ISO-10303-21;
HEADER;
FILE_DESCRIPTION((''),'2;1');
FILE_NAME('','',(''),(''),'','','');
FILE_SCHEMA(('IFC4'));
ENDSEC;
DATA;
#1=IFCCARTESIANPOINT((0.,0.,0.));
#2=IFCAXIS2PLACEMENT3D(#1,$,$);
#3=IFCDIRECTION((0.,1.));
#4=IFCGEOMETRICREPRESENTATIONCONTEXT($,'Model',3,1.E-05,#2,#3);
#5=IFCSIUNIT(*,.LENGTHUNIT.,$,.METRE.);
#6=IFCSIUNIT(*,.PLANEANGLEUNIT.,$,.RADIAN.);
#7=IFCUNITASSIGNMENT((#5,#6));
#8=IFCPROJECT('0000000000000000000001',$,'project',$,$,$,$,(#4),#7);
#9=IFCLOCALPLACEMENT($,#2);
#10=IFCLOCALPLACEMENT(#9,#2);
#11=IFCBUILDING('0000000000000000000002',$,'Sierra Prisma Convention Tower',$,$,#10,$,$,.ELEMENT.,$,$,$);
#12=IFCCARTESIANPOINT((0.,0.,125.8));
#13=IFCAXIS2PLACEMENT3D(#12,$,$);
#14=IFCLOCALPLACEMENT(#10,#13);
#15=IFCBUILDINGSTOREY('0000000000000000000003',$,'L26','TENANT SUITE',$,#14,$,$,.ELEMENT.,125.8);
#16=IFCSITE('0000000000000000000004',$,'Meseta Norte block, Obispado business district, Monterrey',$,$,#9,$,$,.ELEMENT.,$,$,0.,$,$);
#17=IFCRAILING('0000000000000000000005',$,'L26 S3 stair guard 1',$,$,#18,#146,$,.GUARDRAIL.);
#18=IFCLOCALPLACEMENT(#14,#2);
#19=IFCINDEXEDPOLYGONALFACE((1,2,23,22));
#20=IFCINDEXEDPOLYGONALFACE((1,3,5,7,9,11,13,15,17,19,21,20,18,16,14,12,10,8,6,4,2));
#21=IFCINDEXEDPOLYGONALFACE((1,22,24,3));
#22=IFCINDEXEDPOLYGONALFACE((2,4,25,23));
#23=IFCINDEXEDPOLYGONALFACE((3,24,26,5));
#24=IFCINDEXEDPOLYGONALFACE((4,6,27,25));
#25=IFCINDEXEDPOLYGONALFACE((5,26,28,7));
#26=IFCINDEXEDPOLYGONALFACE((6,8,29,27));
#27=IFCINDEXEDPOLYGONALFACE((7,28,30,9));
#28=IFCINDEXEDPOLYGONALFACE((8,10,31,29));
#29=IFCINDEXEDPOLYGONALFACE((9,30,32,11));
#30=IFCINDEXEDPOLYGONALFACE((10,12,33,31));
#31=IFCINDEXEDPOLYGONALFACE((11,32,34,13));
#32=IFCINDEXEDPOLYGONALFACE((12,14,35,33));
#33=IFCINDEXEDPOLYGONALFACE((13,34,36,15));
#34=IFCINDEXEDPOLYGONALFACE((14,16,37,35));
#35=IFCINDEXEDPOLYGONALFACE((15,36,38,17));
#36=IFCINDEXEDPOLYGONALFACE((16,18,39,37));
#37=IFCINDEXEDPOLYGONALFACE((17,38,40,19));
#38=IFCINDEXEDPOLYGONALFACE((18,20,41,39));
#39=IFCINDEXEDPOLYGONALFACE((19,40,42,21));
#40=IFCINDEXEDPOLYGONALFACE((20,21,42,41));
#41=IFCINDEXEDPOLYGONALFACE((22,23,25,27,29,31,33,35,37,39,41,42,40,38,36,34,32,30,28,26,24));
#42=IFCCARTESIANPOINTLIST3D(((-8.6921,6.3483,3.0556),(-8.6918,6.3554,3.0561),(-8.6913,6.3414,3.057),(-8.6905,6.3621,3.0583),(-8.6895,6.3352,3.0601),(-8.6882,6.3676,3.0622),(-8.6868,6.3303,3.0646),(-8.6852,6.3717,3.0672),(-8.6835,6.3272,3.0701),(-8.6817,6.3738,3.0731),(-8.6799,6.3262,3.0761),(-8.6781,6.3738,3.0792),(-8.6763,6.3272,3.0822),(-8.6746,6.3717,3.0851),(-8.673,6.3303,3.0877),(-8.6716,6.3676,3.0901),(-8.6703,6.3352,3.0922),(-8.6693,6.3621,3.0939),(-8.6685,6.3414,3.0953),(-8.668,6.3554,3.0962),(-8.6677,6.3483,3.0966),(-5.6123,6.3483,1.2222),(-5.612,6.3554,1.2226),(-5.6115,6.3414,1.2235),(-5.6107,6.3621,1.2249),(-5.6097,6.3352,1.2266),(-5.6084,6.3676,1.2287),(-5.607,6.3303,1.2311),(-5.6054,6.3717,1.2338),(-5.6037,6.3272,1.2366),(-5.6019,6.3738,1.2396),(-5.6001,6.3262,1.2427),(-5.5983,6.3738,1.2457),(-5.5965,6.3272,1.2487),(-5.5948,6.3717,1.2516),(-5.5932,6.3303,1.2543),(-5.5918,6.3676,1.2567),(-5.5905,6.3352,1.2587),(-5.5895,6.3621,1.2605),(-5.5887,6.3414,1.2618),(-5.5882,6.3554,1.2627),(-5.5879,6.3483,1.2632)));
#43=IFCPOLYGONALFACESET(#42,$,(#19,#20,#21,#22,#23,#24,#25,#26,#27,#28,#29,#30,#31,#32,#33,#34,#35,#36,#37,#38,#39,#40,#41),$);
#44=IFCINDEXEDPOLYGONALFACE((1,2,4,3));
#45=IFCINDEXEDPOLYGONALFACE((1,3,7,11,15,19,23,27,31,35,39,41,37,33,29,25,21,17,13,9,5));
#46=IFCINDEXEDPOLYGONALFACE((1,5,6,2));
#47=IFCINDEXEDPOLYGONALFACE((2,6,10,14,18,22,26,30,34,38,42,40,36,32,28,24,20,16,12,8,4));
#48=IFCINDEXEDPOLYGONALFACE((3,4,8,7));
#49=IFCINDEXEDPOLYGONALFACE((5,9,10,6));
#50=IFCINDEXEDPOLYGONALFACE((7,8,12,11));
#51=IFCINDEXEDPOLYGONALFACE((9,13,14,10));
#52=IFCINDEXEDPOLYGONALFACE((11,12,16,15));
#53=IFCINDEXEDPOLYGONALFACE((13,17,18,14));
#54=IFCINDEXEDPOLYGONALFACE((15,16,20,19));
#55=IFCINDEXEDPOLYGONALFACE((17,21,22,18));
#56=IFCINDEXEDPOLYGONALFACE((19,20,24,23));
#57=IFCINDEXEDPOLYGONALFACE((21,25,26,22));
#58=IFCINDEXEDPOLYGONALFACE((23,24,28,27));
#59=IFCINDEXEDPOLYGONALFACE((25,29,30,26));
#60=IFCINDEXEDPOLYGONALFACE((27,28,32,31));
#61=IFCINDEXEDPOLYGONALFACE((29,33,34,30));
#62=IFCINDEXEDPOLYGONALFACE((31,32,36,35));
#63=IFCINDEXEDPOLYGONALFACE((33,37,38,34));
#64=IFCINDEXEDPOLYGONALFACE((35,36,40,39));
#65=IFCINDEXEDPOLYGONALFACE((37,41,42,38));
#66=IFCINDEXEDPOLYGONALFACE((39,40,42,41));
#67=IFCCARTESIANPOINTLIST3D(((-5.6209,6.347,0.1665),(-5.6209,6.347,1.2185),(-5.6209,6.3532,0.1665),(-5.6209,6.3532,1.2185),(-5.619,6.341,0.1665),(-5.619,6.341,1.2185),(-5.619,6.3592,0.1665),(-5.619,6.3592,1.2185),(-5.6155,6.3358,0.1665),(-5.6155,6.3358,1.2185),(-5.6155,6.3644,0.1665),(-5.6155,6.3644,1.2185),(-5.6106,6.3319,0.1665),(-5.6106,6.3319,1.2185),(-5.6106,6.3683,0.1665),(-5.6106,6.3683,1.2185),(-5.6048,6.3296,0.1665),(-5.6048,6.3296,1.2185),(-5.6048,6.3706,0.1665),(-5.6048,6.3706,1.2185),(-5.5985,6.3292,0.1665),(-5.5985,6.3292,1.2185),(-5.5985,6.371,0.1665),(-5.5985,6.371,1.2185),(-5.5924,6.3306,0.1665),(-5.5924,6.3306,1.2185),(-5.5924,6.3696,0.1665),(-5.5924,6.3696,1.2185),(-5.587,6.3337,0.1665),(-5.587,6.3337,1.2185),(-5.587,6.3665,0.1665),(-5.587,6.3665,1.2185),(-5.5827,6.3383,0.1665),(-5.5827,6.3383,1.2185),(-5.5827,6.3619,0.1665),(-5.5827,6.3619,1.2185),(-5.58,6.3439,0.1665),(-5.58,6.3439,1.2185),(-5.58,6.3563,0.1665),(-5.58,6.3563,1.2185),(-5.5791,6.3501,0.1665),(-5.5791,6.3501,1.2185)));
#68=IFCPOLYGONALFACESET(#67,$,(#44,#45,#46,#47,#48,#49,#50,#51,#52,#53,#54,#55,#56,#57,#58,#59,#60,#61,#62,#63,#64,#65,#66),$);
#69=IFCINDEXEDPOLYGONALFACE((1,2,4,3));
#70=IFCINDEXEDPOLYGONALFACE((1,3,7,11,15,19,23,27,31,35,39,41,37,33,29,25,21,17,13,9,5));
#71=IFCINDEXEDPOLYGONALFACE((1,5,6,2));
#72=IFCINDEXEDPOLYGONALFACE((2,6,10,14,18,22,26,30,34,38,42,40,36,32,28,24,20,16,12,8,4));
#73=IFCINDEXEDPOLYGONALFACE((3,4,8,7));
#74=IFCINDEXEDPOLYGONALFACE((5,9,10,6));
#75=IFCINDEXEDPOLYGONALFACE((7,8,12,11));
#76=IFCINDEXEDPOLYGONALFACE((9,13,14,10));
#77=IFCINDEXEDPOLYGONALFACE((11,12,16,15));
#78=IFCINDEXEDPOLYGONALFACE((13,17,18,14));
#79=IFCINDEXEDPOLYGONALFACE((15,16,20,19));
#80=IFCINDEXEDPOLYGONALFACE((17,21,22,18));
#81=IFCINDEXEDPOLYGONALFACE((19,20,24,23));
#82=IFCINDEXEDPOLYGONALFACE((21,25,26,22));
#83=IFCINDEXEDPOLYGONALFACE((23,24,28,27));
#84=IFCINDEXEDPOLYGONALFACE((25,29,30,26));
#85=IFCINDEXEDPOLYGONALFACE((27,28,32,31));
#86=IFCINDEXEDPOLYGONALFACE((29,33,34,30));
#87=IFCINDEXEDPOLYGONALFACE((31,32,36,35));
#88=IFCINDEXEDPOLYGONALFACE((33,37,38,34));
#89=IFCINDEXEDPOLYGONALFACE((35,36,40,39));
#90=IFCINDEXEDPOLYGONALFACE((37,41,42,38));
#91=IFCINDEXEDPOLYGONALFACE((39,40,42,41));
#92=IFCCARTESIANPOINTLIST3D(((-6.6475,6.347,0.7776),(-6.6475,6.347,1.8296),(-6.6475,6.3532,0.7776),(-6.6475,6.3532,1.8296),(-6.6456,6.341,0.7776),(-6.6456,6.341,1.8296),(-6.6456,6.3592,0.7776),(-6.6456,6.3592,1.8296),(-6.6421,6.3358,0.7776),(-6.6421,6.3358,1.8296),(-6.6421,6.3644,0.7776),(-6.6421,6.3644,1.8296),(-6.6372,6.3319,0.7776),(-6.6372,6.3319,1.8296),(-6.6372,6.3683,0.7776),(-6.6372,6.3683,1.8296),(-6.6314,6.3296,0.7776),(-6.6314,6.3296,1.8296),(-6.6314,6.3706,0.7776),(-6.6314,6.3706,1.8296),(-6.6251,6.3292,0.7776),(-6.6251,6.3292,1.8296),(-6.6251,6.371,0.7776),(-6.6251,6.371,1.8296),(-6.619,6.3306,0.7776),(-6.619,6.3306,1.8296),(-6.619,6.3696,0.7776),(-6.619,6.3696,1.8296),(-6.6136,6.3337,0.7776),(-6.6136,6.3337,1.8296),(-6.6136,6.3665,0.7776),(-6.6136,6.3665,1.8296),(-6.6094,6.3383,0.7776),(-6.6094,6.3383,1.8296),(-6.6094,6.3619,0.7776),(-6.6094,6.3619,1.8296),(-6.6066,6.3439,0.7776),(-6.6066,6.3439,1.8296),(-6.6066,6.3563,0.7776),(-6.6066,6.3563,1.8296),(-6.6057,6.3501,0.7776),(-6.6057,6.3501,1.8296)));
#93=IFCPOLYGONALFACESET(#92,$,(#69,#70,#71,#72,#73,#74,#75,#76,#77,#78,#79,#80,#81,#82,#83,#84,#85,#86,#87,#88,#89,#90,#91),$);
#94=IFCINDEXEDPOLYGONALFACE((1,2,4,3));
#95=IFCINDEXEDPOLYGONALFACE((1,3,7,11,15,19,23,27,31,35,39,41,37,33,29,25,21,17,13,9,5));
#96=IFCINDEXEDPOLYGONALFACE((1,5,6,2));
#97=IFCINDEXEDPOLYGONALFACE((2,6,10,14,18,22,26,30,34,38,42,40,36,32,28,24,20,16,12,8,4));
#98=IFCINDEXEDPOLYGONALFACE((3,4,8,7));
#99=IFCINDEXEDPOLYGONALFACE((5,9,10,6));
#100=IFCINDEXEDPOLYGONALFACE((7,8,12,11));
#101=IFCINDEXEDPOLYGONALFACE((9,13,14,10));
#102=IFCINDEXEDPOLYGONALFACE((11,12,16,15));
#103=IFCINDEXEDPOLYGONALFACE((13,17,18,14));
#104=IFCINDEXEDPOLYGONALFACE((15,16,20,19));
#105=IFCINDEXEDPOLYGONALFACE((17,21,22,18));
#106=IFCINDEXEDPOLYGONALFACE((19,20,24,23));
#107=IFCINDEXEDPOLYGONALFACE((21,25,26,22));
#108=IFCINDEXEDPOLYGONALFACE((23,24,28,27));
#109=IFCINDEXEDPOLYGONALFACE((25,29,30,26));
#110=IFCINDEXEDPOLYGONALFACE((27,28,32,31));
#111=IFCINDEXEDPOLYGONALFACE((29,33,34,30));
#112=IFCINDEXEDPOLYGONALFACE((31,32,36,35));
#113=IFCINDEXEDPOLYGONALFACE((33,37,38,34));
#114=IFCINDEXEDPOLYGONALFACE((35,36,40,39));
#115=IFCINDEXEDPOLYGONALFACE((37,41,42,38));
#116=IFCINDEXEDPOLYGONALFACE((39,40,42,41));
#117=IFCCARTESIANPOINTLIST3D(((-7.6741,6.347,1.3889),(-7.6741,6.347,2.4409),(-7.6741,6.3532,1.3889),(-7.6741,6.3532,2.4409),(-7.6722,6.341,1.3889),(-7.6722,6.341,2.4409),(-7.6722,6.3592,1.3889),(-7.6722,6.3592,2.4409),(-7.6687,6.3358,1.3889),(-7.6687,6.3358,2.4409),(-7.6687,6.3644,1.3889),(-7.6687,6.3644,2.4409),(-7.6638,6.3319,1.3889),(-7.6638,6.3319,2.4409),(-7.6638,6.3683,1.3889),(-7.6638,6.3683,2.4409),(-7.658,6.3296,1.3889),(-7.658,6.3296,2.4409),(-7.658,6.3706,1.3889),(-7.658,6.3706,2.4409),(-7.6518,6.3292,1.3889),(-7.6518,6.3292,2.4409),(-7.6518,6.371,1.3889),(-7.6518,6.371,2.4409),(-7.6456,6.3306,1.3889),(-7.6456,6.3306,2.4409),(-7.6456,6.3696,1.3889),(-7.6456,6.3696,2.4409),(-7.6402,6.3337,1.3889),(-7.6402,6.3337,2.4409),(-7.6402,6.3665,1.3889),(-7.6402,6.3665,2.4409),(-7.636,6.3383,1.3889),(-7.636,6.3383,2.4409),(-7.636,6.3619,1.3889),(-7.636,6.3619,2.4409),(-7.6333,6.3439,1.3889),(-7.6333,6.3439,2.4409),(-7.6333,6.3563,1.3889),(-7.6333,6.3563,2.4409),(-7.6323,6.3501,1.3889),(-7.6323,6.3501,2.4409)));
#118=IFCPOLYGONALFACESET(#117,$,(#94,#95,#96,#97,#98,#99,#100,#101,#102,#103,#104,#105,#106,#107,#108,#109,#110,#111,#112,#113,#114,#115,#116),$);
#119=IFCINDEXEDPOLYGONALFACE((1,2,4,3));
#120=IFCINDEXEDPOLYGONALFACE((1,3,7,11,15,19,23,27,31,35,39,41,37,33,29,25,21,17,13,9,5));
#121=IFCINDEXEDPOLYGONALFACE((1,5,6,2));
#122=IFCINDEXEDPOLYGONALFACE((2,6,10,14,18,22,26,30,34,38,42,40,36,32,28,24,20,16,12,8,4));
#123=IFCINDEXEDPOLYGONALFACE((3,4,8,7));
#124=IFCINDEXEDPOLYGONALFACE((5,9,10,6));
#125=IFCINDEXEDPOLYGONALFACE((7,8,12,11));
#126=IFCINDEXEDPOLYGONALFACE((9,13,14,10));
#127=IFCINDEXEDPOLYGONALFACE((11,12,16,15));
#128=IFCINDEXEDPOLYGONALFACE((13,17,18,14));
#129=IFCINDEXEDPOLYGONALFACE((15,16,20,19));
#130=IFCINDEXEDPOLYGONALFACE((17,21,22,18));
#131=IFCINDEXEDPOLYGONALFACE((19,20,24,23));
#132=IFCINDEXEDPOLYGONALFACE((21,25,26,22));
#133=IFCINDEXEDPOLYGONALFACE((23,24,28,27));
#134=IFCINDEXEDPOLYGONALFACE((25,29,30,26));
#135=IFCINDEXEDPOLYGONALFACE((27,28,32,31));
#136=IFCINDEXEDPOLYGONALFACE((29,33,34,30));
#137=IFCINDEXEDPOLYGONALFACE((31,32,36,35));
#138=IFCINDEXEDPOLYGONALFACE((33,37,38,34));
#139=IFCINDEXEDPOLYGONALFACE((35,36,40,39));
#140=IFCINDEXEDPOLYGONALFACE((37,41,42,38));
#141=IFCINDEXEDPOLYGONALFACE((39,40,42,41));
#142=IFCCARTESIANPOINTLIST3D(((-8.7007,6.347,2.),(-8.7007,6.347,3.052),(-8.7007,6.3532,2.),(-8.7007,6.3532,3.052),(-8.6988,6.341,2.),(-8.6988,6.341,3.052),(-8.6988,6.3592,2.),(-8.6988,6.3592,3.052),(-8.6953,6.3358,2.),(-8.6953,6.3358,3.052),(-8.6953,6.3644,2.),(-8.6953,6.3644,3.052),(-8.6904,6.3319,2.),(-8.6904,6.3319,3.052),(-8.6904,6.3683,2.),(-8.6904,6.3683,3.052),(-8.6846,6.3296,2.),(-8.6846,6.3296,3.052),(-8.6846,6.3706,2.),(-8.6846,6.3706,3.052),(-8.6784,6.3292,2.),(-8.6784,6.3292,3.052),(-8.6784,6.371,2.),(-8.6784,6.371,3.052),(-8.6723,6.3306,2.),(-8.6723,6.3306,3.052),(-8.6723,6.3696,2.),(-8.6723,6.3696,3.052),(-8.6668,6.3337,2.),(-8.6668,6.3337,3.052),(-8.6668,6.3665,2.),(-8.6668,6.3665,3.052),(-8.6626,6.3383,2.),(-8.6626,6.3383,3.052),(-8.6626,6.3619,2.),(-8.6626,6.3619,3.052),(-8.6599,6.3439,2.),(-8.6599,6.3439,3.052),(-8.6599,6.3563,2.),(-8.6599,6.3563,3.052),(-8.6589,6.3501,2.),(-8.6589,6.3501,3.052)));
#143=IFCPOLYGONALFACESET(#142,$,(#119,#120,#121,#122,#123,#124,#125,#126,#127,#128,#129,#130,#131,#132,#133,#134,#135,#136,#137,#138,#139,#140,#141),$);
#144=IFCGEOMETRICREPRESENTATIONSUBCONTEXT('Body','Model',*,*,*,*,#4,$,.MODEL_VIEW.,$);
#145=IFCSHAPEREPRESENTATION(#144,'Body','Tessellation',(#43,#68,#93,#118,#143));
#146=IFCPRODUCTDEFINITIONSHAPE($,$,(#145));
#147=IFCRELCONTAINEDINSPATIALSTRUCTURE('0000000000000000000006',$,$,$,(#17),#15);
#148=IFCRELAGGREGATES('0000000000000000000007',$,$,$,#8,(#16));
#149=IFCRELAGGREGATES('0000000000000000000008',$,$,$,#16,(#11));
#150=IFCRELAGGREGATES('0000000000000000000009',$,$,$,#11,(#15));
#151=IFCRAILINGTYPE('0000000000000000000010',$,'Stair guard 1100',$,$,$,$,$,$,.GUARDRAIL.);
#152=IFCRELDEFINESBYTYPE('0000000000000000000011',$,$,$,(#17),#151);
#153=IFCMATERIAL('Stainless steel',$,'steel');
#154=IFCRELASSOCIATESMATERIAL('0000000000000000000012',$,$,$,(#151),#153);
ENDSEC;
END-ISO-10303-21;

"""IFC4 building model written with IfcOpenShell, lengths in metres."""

from ifc_helpers import new_model, si_unit, direction, frame, origin, origin_2d, place, context, subcontext, project, spatial, circle, extrude, material, type_object, element, save


model = new_model("IFC4")

# Units and contexts
model_context = context("Model", 3, precision=1e-05, world=origin(), true_north=direction((0.0, 1.0)))
body_context = subcontext(model_context, "Body", "Model", "MODEL_VIEW")
ifc_project = project(units=[si_unit("LENGTHUNIT", "METRE"), si_unit("PLANEANGLEUNIT", "RADIAN")], contexts=[model_context])

# Site, building, storey
site_placement = place(None, origin())
site = spatial("IfcSite", under=ifc_project, at=site_placement, Name="Meseta Norte block, Obispado business district, Monterrey", CompositionType="ELEMENT", RefElevation=0.0)
building_placement = place(site_placement, origin())
building = spatial("IfcBuilding", under=site, at=building_placement, Name="Sierra Prisma Convention Tower", CompositionType="ELEMENT")
storey_placement = place(building_placement, frame((0.0, 0.0, 125.8)))
storey = spatial("IfcBuildingStorey", under=building, at=storey_placement, Name="L26", Description="TENANT SUITE", CompositionType="ELEMENT", Elevation=125.8)

# Railing
ifc_material_1 = material(Name="Stainless steel", Category="steel")
railing_type_1 = type_object("IfcRailingType", Name="Stair guard 1100", PredefinedType="GUARDRAIL", material=ifc_material_1)
railing_1_placement = place(storey_placement, frame((-5.6001, 6.3501, 0.1665)))
element("IfcRailing", 1, at=railing_1_placement, inside=storey, type_object=railing_type_1, Name="L26 S3 stair guard 1", PredefinedType="GUARDRAIL", context=body_context, shape_type="SweptSolid", body=[
    extrude(circle(Radius=0.0239, at=origin_2d()), frame((0.0, 0.0, 1.0762), z_axis=(-0.859261, 0.0, 0.511538), x_axis=(0.0, -1.0, 0.0)), (0.0, 0.0, 1.0), 3.5842),
    extrude(circle(Radius=0.021, at=origin_2d()), origin(), (0.0, 0.0, 1.0), 1.052),
    extrude(circle(Radius=0.021, at=origin_2d()), frame((-1.0266, 0.0, 0.6111)), (0.0, 0.0, 1.0), 1.052),
    extrude(circle(Radius=0.021, at=origin_2d()), frame((-2.0532, 0.0, 1.2224)), (0.0, 0.0, 1.0), 1.052),
    extrude(circle(Radius=0.021, at=origin_2d()), frame((-3.0798, 0.0, 1.8335)), (0.0, 0.0, 1.0), 1.052),
])

save(model, "model.ifc")
